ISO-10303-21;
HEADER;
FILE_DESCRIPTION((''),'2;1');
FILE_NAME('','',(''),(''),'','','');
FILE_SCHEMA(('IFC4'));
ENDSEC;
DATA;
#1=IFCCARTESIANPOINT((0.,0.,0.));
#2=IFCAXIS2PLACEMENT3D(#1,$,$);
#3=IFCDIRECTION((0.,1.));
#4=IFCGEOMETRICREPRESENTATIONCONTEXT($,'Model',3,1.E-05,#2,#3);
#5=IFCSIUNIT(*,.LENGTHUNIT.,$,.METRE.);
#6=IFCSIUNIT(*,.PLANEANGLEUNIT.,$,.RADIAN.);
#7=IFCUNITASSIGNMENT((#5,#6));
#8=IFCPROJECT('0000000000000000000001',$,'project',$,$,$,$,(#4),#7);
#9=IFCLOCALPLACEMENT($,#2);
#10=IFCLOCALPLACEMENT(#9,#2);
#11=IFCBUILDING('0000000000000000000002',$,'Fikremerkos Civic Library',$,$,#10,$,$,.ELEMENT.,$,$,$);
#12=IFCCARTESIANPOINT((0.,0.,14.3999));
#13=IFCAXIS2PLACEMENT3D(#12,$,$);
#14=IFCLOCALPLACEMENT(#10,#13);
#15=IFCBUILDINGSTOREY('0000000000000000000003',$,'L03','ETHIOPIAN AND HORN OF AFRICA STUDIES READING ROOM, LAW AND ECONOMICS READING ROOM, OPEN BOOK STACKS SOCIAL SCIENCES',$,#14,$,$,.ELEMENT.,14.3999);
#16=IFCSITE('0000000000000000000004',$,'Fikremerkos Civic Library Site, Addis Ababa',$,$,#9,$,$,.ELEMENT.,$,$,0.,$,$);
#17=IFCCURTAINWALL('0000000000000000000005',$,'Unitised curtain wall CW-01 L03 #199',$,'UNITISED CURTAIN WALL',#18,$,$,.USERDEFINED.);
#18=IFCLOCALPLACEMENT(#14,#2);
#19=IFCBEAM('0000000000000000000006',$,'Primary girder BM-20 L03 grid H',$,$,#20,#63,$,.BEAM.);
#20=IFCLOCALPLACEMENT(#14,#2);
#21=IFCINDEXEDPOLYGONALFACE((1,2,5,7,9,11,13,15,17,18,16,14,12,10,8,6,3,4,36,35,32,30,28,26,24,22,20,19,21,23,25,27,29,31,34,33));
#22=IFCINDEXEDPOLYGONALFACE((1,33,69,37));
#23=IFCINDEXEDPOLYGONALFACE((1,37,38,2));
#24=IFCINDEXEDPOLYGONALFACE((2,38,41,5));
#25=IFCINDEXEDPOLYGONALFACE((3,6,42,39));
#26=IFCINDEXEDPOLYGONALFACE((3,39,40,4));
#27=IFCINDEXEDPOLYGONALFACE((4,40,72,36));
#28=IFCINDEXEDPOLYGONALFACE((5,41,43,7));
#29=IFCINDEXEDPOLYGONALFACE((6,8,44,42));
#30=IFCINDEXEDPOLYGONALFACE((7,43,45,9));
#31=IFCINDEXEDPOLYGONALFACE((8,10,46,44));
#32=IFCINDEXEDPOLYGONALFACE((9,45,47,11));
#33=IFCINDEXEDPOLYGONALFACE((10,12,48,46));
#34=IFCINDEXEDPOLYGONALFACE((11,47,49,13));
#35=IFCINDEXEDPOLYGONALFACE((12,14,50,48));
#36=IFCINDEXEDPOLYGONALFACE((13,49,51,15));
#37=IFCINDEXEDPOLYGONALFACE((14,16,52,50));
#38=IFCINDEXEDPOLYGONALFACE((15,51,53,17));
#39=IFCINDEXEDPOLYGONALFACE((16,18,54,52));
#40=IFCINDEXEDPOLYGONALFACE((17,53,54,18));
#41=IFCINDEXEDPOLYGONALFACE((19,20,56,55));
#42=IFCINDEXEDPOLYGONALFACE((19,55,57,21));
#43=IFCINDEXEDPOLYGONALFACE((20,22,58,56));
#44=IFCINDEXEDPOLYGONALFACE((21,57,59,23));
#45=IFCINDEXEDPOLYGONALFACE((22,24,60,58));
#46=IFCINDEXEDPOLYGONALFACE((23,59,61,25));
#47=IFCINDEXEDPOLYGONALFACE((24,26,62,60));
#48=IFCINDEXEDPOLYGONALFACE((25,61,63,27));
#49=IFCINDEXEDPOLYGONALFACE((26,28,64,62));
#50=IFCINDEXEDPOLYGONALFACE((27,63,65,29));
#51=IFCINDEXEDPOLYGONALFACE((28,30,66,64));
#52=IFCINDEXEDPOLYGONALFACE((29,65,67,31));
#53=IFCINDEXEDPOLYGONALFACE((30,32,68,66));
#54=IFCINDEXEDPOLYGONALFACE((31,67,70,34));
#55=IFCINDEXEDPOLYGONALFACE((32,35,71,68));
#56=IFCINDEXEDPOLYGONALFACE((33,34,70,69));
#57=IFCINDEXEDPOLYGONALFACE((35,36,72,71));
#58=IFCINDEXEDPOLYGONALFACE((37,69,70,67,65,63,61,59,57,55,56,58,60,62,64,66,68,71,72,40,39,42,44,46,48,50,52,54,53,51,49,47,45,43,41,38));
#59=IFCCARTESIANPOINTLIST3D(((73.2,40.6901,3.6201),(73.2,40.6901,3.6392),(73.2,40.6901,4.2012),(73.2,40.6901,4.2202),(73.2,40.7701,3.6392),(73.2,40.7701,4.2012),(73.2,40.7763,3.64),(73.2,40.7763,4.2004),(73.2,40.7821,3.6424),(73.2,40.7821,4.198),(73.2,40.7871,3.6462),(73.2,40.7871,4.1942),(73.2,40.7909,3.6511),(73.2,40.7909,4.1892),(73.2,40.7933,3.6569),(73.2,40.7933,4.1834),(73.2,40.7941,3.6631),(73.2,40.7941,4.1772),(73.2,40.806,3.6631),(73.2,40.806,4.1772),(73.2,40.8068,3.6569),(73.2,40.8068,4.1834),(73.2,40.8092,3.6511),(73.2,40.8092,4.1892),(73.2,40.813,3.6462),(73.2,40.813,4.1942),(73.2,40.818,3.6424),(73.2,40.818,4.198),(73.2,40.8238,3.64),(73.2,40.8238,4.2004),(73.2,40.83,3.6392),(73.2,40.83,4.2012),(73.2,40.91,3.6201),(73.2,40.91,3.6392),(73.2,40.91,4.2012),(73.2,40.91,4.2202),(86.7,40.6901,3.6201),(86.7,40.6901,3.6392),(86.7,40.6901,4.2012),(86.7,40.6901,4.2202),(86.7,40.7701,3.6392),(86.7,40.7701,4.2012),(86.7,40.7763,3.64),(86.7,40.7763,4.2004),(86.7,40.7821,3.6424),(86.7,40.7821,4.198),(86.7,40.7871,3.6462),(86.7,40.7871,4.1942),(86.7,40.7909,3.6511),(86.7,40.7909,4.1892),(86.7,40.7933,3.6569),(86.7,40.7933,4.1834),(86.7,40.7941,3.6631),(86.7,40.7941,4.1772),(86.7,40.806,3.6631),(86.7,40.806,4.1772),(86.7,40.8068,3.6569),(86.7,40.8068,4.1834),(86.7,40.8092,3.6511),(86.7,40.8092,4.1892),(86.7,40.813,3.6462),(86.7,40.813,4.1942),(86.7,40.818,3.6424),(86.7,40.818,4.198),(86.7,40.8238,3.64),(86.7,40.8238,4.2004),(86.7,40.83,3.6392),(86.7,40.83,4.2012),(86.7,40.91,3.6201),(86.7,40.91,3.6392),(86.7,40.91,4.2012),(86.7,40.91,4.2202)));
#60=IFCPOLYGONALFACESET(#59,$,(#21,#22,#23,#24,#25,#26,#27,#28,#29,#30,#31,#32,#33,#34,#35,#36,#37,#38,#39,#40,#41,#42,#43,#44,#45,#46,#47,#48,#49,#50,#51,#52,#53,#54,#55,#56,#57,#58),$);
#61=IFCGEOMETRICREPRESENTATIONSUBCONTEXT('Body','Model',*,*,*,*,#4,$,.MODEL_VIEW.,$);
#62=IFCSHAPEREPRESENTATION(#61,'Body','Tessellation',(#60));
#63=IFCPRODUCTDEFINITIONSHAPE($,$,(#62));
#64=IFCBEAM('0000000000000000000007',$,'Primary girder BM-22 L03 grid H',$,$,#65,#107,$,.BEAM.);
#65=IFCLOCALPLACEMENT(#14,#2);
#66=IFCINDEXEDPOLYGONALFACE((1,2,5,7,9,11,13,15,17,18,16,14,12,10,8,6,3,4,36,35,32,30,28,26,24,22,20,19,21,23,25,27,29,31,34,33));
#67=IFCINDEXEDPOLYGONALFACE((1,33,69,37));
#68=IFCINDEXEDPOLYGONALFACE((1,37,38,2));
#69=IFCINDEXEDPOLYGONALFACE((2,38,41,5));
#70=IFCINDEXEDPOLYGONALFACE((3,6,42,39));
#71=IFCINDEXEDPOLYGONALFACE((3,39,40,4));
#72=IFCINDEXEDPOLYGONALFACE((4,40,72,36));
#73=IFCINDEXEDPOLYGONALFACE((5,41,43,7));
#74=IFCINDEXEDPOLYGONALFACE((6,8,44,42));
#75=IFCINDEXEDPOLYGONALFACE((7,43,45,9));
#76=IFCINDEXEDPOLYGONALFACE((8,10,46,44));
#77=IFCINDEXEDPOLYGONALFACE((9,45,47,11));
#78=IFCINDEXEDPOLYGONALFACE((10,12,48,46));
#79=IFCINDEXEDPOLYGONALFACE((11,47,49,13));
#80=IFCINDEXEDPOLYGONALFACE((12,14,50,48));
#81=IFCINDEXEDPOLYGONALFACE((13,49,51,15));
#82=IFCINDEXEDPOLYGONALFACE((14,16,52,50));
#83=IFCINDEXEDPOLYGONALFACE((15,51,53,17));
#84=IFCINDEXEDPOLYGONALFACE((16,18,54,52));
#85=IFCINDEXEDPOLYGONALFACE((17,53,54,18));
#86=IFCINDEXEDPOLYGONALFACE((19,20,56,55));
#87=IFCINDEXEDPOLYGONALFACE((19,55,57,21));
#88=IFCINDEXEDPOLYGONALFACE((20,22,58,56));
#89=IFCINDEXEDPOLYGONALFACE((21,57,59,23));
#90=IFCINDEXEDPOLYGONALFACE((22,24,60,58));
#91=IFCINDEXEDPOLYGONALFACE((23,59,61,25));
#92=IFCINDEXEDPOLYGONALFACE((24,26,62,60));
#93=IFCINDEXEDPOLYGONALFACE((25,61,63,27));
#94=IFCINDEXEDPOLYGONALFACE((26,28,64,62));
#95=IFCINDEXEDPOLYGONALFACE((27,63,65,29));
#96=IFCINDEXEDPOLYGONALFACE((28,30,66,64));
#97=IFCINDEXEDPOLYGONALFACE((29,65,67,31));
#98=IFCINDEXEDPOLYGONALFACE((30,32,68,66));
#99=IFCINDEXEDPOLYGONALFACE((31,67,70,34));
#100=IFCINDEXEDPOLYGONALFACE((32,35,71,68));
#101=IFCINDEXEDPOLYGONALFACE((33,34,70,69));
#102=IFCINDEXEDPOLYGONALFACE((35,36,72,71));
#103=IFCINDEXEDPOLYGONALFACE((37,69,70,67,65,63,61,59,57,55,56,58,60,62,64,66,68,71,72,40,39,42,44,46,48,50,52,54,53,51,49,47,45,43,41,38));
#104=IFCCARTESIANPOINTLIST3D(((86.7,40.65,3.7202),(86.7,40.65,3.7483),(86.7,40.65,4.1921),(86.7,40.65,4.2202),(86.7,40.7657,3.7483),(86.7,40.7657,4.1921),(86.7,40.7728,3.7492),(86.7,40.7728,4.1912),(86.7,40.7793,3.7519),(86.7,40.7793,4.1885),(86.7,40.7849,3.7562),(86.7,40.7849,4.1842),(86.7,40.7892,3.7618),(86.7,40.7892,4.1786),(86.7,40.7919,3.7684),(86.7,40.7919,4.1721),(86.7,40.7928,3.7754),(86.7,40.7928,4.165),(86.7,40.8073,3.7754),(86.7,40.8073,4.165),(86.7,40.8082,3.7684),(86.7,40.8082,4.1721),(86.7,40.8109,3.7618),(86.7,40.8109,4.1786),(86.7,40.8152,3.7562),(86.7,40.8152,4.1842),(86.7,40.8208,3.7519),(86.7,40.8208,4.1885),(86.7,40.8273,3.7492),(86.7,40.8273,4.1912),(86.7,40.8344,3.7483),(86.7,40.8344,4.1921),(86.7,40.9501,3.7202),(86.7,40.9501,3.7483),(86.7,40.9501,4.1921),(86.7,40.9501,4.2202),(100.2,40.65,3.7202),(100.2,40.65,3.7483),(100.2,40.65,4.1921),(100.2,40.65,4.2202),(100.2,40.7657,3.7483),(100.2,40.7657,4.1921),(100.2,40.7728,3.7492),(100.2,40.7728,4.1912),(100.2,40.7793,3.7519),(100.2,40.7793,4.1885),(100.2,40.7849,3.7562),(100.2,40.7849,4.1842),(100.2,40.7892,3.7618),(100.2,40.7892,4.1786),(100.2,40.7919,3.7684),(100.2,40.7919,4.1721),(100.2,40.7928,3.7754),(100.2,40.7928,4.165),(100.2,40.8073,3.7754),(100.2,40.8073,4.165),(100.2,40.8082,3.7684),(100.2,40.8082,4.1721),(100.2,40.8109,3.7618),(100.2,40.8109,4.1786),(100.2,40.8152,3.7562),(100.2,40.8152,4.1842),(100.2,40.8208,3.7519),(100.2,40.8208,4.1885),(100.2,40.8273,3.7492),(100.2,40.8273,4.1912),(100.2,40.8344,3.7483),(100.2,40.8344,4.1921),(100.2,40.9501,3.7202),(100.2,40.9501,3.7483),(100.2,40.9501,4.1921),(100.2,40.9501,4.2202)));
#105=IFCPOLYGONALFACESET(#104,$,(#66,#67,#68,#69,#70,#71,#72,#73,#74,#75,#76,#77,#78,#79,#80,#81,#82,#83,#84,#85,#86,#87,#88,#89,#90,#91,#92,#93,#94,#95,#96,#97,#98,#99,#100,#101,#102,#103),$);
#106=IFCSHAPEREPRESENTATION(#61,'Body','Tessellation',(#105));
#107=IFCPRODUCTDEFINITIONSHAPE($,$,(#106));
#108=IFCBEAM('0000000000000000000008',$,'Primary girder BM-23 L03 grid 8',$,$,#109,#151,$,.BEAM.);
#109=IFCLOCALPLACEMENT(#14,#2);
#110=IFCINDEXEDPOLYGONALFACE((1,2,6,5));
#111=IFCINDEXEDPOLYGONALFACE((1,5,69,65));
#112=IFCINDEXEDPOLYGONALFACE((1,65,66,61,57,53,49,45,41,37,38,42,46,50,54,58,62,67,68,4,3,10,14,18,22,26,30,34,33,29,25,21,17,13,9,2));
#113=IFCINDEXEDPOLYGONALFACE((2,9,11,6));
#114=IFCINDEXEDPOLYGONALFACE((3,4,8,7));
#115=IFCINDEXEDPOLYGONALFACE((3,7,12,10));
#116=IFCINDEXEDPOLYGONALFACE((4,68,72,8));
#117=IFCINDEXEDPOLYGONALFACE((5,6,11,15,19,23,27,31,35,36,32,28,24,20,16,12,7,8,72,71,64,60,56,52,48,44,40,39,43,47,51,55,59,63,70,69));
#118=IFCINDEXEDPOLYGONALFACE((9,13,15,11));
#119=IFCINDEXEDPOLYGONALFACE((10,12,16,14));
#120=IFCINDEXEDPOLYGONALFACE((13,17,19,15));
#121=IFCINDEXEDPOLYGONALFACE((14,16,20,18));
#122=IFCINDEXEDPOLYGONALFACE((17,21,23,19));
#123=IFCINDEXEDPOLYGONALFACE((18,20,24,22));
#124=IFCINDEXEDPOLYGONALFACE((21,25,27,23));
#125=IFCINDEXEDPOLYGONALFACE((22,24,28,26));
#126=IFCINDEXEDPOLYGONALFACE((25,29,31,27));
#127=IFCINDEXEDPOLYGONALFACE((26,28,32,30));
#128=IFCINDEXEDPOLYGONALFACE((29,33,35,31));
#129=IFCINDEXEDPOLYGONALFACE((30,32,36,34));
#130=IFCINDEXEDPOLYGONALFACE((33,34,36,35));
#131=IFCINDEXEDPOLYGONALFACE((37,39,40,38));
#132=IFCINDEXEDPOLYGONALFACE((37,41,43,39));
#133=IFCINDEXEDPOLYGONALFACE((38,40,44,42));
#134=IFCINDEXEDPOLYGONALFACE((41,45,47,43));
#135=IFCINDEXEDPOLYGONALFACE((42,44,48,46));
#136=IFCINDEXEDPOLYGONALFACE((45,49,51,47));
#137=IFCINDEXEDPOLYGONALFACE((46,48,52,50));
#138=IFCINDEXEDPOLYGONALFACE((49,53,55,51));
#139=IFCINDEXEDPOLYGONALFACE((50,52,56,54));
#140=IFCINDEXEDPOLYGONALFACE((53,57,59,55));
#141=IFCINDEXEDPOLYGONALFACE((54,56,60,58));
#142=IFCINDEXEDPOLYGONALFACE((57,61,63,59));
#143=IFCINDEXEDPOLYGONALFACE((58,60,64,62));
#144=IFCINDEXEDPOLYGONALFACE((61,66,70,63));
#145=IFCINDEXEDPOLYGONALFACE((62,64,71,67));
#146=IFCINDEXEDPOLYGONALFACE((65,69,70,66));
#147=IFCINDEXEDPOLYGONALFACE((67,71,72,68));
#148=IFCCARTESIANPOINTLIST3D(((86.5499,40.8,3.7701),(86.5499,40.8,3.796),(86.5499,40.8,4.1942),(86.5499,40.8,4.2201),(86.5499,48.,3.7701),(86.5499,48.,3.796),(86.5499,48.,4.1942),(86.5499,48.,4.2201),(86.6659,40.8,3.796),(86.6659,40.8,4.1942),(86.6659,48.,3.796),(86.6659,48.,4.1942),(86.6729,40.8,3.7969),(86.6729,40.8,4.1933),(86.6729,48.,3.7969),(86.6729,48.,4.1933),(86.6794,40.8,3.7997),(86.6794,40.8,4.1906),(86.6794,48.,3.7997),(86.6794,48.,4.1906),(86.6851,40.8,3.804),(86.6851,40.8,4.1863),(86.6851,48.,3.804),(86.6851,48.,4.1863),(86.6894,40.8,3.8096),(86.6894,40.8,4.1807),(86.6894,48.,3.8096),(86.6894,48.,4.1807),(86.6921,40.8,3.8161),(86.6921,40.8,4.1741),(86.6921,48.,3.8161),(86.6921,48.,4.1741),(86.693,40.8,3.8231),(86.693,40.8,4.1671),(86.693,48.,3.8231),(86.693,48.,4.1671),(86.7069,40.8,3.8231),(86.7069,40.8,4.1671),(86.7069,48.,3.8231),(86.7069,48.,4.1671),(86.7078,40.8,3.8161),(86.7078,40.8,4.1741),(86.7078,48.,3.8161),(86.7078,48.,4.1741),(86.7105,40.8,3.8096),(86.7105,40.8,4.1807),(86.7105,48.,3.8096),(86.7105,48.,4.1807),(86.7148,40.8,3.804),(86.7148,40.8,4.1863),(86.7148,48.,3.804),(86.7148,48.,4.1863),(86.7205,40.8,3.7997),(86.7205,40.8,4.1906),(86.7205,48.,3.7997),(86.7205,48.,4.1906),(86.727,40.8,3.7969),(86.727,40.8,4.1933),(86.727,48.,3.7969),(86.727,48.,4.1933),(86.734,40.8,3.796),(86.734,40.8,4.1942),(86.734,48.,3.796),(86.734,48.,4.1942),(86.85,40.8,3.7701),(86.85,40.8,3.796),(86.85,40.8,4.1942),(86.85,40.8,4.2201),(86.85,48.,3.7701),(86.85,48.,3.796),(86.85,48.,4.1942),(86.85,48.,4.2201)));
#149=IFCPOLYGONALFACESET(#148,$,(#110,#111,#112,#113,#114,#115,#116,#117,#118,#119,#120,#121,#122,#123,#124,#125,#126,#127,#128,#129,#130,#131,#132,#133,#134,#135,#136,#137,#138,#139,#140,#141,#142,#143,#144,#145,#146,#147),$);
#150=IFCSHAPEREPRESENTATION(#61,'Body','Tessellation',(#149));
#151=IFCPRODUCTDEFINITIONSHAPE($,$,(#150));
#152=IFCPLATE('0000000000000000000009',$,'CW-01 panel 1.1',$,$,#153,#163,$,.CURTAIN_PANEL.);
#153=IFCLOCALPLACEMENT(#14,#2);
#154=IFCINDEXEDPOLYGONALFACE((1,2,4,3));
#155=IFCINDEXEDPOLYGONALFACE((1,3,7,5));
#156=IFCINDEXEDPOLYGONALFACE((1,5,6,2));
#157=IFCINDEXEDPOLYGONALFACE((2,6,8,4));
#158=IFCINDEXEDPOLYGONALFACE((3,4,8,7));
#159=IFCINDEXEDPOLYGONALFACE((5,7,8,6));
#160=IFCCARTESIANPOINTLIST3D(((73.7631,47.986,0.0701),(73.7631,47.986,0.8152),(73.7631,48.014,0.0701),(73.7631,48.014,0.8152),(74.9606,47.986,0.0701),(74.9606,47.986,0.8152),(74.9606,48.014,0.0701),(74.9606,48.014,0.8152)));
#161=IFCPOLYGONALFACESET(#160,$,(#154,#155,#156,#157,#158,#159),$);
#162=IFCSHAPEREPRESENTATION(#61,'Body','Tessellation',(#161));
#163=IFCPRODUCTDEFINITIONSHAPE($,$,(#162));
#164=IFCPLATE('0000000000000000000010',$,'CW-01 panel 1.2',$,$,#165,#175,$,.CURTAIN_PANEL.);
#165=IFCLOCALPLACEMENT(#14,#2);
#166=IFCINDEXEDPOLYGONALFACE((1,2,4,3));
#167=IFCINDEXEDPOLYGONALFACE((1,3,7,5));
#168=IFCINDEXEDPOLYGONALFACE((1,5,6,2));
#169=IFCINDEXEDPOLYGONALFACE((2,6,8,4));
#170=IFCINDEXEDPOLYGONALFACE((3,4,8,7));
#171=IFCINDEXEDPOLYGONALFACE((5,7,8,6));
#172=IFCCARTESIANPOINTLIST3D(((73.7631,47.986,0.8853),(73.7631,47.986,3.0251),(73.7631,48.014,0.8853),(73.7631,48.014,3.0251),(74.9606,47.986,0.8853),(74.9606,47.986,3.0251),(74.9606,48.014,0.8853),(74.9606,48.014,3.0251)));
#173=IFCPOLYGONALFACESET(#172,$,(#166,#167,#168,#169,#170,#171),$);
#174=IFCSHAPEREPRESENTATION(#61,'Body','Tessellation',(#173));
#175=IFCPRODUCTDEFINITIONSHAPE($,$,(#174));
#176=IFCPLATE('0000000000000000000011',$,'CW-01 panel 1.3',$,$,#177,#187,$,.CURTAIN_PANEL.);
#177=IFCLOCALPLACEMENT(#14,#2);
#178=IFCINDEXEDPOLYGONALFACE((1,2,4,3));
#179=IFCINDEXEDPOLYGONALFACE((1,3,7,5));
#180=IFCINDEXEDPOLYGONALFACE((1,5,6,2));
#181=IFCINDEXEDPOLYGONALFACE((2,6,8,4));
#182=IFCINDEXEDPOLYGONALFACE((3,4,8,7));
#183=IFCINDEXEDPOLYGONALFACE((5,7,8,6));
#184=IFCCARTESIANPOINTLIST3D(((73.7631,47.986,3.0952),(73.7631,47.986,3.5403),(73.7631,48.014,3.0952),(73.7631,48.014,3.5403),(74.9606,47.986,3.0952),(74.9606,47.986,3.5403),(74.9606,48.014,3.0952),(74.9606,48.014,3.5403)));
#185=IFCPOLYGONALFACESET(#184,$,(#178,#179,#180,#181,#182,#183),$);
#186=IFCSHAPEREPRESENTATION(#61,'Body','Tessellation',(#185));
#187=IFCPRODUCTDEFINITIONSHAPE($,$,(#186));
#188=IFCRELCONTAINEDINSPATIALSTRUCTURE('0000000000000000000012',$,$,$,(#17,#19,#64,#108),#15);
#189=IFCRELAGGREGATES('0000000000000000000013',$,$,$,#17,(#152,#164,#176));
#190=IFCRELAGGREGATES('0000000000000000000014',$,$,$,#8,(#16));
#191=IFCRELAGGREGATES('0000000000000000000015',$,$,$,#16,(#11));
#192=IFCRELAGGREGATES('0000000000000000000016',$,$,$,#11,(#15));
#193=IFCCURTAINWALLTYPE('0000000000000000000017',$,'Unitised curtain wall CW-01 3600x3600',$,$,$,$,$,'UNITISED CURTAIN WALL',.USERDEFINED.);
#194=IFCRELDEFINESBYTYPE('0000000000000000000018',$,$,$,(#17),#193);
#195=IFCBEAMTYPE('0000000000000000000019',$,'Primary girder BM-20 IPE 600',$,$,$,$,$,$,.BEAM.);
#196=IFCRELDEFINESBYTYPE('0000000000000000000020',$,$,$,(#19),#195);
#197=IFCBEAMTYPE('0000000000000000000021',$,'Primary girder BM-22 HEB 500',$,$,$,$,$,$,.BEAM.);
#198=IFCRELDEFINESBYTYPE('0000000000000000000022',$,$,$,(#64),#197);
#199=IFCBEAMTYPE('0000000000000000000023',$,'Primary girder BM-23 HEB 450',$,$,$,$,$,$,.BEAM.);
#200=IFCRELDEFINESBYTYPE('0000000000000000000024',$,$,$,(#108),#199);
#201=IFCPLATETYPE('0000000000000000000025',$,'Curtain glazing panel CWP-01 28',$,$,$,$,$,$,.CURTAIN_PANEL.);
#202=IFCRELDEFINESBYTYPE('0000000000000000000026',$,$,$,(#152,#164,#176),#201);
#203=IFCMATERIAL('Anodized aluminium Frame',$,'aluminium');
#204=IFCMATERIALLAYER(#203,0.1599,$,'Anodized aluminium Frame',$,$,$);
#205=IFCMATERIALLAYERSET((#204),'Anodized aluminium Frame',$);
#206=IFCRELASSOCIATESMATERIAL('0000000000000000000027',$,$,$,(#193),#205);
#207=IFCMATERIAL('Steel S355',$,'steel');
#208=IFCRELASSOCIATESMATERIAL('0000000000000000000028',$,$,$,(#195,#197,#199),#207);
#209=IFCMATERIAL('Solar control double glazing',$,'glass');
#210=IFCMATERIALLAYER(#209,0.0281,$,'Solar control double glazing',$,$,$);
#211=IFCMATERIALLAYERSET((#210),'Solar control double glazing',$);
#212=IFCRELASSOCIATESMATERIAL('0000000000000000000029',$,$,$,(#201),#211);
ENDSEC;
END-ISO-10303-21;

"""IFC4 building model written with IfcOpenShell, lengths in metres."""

from ifc_helpers import new_model, si_unit, direction, frame, origin, origin_2d, place, context, subcontext, project, spatial, rectangle, i_section, extrude, material, layer, layer_set, material_profile, profile_set, type_object, element, aggregate, save


model = new_model("IFC4")

# Units and contexts
model_context = context("Model", 3, precision=1e-05, world=origin(), true_north=direction((0.0, 1.0)))
body_context = subcontext(model_context, "Body", "Model", "MODEL_VIEW")
ifc_project = project(units=[si_unit("LENGTHUNIT", "METRE"), si_unit("PLANEANGLEUNIT", "RADIAN")], contexts=[model_context])

# Site, building, storey
site_placement = place(None, origin())
site = spatial("IfcSite", under=ifc_project, at=site_placement, Name="Fikremerkos Civic Library Site, Addis Ababa", CompositionType="ELEMENT", RefElevation=0.0)
building_placement = place(site_placement, origin())
building = spatial("IfcBuilding", under=site, at=building_placement, Name="Fikremerkos Civic Library", CompositionType="ELEMENT")
storey_placement = place(building_placement, frame((0.0, 0.0, 14.3999)))
storey = spatial("IfcBuildingStorey", under=building, at=storey_placement, Name="L03", Description="ETHIOPIAN AND HORN OF AFRICA STUDIES READING ROOM, LAW AND ECONOMICS READING ROOM, OPEN BOOK STACKS SOCIAL SCIENCES", CompositionType="ELEMENT", Elevation=14.3999)

# Shared definitions
ifc_material_1 = material(Name="Steel S355", Category="steel")

# Curtain wall
ifc_material_2 = material(Name="Anodized aluminium Frame", Category="aluminium")
ifc_layer_1 = layer(ifc_material_2, 0.1599, Name="Anodized aluminium Frame")
ifc_layer_set_1 = layer_set([ifc_layer_1], Name="Anodized aluminium Frame")
curtain_wall_type_1 = type_object("IfcCurtainWallType", Name="Unitised curtain wall CW-01 3600x3600", ElementType="UNITISED CURTAIN WALL", PredefinedType="USERDEFINED", material=ifc_layer_set_1)
curtain_wall_1_placement = place(storey_placement, origin())
curtain_wall_1 = element("IfcCurtainWall", 1, at=curtain_wall_1_placement, inside=storey, type_object=curtain_wall_type_1, Name="Unitised curtain wall CW-01 L03 #199", ObjectType="UNITISED CURTAIN WALL", PredefinedType="USERDEFINED")

# Beams
ifc_material_profile_1 = material_profile(ifc_material_1, i_section(OverallWidth=0.22, OverallDepth=0.6001, WebThickness=0.012, FlangeThickness=0.019, FilletRadius=0.0239, at=origin_2d()), Name="IPE 600")
ifc_profile_set_1 = profile_set([ifc_material_profile_1], Name="Steel S355")
beam_type_1 = type_object("IfcBeamType", Name="Primary girder BM-20 IPE 600", PredefinedType="BEAM", material=ifc_profile_set_1)
beam_1_placement = place(storey_placement, frame((73.2, 40.8, 3.9202), z_axis=(1.0, 0.0, 0.0), x_axis=(0.0, 1.0, 0.0)))
element("IfcBeam", 2, at=beam_1_placement, inside=storey, type_object=beam_type_1, Name="Primary girder BM-20 L03 grid H", PredefinedType="BEAM", context=body_context, shape_type="SweptSolid", body=[
    extrude(i_section(OverallWidth=0.22, OverallDepth=0.6001, WebThickness=0.012, FlangeThickness=0.019, FilletRadius=0.0239, at=origin_2d()), origin(), (0.0, 0.0, 1.0), 13.5),
])
ifc_material_profile_2 = material_profile(ifc_material_1, i_section(OverallWidth=0.3, OverallDepth=0.5, WebThickness=0.0144, FlangeThickness=0.0281, FilletRadius=0.0271, at=origin_2d()), Name="HEB 500")
ifc_profile_set_2 = profile_set([ifc_material_profile_2], Name="Steel S355")
beam_type_2 = type_object("IfcBeamType", Name="Primary girder BM-22 HEB 500", PredefinedType="BEAM", material=ifc_profile_set_2)
beam_2_placement = place(storey_placement, frame((86.7, 40.8, 3.9702), z_axis=(1.0, 0.0, 0.0), x_axis=(0.0, 1.0, 0.0)))
element("IfcBeam", 3, at=beam_2_placement, inside=storey, type_object=beam_type_2, Name="Primary girder BM-22 L03 grid H", PredefinedType="BEAM", context=body_context, shape_type="SweptSolid", body=[
    extrude(i_section(OverallWidth=0.3, OverallDepth=0.5, WebThickness=0.0144, FlangeThickness=0.0281, FilletRadius=0.0271, at=origin_2d()), origin(), (0.0, 0.0, 1.0), 13.5),
])
ifc_material_profile_3 = material_profile(ifc_material_1, i_section(OverallWidth=0.3, OverallDepth=0.45, WebThickness=0.0139, FlangeThickness=0.0259, FilletRadius=0.0271, at=origin_2d()), Name="HEB 450")
ifc_profile_set_3 = profile_set([ifc_material_profile_3], Name="Steel S355")
beam_type_3 = type_object("IfcBeamType", Name="Primary girder BM-23 HEB 450", PredefinedType="BEAM", material=ifc_profile_set_3)
beam_3_placement = place(storey_placement, frame((86.7, 40.8, 3.9951), z_axis=(0.0, 1.0, 0.0), x_axis=(-1.0, 0.0, 0.0)))
element("IfcBeam", 4, at=beam_3_placement, inside=storey, type_object=beam_type_3, Name="Primary girder BM-23 L03 grid 8", PredefinedType="BEAM", context=body_context, shape_type="SweptSolid", body=[
    extrude(i_section(OverallWidth=0.3, OverallDepth=0.45, WebThickness=0.0139, FlangeThickness=0.0259, FilletRadius=0.0271, at=origin_2d()), origin(), (0.0, 0.0, 1.0), 7.2),
])

# Plates
ifc_material_3 = material(Name="Solar control double glazing", Category="glass")
ifc_layer_2 = layer(ifc_material_3, 0.0281, Name="Solar control double glazing")
ifc_layer_set_2 = layer_set([ifc_layer_2], Name="Solar control double glazing")
plate_type_1 = type_object("IfcPlateType", Name="Curtain glazing panel CWP-01 28", PredefinedType="CURTAIN_PANEL", material=ifc_layer_set_2)
plate_1_placement = place(storey_placement, frame((74.3618, 48.0, 0.0701), z_axis=(0.0, 0.0, 1.0), x_axis=(1.0, 0.0, 0.0)))
plate_1 = element("IfcPlate", 5, at=plate_1_placement, type_object=plate_type_1, Name="CW-01 panel 1.1", PredefinedType="CURTAIN_PANEL", context=body_context, shape_type="SweptSolid", body=[
    extrude(rectangle(XDim=1.1975, YDim=0.0281, at=origin_2d()), origin(), (0.0, 0.0, 1.0), 0.7451),
])
plate_2_placement = place(storey_placement, frame((74.3618, 48.0, 0.8853), z_axis=(0.0, 0.0, 1.0), x_axis=(1.0, 0.0, 0.0)))
plate_2 = element("IfcPlate", 6, at=plate_2_placement, type_object=plate_type_1, Name="CW-01 panel 1.2", PredefinedType="CURTAIN_PANEL", context=body_context, shape_type="SweptSolid", body=[
    extrude(rectangle(XDim=1.1975, YDim=0.0281, at=origin_2d()), origin(), (0.0, 0.0, 1.0), 2.1399),
])
plate_3_placement = place(storey_placement, frame((74.3618, 48.0, 3.0952), z_axis=(0.0, 0.0, 1.0), x_axis=(1.0, 0.0, 0.0)))
plate_3 = element("IfcPlate", 7, at=plate_3_placement, type_object=plate_type_1, Name="CW-01 panel 1.3", PredefinedType="CURTAIN_PANEL", context=body_context, shape_type="SweptSolid", body=[
    extrude(rectangle(XDim=1.1975, YDim=0.0281, at=origin_2d()), origin(), (0.0, 0.0, 1.0), 0.4451),
])
aggregate(curtain_wall_1, [plate_1, plate_2, plate_3])

save(model, "model.ifc")
